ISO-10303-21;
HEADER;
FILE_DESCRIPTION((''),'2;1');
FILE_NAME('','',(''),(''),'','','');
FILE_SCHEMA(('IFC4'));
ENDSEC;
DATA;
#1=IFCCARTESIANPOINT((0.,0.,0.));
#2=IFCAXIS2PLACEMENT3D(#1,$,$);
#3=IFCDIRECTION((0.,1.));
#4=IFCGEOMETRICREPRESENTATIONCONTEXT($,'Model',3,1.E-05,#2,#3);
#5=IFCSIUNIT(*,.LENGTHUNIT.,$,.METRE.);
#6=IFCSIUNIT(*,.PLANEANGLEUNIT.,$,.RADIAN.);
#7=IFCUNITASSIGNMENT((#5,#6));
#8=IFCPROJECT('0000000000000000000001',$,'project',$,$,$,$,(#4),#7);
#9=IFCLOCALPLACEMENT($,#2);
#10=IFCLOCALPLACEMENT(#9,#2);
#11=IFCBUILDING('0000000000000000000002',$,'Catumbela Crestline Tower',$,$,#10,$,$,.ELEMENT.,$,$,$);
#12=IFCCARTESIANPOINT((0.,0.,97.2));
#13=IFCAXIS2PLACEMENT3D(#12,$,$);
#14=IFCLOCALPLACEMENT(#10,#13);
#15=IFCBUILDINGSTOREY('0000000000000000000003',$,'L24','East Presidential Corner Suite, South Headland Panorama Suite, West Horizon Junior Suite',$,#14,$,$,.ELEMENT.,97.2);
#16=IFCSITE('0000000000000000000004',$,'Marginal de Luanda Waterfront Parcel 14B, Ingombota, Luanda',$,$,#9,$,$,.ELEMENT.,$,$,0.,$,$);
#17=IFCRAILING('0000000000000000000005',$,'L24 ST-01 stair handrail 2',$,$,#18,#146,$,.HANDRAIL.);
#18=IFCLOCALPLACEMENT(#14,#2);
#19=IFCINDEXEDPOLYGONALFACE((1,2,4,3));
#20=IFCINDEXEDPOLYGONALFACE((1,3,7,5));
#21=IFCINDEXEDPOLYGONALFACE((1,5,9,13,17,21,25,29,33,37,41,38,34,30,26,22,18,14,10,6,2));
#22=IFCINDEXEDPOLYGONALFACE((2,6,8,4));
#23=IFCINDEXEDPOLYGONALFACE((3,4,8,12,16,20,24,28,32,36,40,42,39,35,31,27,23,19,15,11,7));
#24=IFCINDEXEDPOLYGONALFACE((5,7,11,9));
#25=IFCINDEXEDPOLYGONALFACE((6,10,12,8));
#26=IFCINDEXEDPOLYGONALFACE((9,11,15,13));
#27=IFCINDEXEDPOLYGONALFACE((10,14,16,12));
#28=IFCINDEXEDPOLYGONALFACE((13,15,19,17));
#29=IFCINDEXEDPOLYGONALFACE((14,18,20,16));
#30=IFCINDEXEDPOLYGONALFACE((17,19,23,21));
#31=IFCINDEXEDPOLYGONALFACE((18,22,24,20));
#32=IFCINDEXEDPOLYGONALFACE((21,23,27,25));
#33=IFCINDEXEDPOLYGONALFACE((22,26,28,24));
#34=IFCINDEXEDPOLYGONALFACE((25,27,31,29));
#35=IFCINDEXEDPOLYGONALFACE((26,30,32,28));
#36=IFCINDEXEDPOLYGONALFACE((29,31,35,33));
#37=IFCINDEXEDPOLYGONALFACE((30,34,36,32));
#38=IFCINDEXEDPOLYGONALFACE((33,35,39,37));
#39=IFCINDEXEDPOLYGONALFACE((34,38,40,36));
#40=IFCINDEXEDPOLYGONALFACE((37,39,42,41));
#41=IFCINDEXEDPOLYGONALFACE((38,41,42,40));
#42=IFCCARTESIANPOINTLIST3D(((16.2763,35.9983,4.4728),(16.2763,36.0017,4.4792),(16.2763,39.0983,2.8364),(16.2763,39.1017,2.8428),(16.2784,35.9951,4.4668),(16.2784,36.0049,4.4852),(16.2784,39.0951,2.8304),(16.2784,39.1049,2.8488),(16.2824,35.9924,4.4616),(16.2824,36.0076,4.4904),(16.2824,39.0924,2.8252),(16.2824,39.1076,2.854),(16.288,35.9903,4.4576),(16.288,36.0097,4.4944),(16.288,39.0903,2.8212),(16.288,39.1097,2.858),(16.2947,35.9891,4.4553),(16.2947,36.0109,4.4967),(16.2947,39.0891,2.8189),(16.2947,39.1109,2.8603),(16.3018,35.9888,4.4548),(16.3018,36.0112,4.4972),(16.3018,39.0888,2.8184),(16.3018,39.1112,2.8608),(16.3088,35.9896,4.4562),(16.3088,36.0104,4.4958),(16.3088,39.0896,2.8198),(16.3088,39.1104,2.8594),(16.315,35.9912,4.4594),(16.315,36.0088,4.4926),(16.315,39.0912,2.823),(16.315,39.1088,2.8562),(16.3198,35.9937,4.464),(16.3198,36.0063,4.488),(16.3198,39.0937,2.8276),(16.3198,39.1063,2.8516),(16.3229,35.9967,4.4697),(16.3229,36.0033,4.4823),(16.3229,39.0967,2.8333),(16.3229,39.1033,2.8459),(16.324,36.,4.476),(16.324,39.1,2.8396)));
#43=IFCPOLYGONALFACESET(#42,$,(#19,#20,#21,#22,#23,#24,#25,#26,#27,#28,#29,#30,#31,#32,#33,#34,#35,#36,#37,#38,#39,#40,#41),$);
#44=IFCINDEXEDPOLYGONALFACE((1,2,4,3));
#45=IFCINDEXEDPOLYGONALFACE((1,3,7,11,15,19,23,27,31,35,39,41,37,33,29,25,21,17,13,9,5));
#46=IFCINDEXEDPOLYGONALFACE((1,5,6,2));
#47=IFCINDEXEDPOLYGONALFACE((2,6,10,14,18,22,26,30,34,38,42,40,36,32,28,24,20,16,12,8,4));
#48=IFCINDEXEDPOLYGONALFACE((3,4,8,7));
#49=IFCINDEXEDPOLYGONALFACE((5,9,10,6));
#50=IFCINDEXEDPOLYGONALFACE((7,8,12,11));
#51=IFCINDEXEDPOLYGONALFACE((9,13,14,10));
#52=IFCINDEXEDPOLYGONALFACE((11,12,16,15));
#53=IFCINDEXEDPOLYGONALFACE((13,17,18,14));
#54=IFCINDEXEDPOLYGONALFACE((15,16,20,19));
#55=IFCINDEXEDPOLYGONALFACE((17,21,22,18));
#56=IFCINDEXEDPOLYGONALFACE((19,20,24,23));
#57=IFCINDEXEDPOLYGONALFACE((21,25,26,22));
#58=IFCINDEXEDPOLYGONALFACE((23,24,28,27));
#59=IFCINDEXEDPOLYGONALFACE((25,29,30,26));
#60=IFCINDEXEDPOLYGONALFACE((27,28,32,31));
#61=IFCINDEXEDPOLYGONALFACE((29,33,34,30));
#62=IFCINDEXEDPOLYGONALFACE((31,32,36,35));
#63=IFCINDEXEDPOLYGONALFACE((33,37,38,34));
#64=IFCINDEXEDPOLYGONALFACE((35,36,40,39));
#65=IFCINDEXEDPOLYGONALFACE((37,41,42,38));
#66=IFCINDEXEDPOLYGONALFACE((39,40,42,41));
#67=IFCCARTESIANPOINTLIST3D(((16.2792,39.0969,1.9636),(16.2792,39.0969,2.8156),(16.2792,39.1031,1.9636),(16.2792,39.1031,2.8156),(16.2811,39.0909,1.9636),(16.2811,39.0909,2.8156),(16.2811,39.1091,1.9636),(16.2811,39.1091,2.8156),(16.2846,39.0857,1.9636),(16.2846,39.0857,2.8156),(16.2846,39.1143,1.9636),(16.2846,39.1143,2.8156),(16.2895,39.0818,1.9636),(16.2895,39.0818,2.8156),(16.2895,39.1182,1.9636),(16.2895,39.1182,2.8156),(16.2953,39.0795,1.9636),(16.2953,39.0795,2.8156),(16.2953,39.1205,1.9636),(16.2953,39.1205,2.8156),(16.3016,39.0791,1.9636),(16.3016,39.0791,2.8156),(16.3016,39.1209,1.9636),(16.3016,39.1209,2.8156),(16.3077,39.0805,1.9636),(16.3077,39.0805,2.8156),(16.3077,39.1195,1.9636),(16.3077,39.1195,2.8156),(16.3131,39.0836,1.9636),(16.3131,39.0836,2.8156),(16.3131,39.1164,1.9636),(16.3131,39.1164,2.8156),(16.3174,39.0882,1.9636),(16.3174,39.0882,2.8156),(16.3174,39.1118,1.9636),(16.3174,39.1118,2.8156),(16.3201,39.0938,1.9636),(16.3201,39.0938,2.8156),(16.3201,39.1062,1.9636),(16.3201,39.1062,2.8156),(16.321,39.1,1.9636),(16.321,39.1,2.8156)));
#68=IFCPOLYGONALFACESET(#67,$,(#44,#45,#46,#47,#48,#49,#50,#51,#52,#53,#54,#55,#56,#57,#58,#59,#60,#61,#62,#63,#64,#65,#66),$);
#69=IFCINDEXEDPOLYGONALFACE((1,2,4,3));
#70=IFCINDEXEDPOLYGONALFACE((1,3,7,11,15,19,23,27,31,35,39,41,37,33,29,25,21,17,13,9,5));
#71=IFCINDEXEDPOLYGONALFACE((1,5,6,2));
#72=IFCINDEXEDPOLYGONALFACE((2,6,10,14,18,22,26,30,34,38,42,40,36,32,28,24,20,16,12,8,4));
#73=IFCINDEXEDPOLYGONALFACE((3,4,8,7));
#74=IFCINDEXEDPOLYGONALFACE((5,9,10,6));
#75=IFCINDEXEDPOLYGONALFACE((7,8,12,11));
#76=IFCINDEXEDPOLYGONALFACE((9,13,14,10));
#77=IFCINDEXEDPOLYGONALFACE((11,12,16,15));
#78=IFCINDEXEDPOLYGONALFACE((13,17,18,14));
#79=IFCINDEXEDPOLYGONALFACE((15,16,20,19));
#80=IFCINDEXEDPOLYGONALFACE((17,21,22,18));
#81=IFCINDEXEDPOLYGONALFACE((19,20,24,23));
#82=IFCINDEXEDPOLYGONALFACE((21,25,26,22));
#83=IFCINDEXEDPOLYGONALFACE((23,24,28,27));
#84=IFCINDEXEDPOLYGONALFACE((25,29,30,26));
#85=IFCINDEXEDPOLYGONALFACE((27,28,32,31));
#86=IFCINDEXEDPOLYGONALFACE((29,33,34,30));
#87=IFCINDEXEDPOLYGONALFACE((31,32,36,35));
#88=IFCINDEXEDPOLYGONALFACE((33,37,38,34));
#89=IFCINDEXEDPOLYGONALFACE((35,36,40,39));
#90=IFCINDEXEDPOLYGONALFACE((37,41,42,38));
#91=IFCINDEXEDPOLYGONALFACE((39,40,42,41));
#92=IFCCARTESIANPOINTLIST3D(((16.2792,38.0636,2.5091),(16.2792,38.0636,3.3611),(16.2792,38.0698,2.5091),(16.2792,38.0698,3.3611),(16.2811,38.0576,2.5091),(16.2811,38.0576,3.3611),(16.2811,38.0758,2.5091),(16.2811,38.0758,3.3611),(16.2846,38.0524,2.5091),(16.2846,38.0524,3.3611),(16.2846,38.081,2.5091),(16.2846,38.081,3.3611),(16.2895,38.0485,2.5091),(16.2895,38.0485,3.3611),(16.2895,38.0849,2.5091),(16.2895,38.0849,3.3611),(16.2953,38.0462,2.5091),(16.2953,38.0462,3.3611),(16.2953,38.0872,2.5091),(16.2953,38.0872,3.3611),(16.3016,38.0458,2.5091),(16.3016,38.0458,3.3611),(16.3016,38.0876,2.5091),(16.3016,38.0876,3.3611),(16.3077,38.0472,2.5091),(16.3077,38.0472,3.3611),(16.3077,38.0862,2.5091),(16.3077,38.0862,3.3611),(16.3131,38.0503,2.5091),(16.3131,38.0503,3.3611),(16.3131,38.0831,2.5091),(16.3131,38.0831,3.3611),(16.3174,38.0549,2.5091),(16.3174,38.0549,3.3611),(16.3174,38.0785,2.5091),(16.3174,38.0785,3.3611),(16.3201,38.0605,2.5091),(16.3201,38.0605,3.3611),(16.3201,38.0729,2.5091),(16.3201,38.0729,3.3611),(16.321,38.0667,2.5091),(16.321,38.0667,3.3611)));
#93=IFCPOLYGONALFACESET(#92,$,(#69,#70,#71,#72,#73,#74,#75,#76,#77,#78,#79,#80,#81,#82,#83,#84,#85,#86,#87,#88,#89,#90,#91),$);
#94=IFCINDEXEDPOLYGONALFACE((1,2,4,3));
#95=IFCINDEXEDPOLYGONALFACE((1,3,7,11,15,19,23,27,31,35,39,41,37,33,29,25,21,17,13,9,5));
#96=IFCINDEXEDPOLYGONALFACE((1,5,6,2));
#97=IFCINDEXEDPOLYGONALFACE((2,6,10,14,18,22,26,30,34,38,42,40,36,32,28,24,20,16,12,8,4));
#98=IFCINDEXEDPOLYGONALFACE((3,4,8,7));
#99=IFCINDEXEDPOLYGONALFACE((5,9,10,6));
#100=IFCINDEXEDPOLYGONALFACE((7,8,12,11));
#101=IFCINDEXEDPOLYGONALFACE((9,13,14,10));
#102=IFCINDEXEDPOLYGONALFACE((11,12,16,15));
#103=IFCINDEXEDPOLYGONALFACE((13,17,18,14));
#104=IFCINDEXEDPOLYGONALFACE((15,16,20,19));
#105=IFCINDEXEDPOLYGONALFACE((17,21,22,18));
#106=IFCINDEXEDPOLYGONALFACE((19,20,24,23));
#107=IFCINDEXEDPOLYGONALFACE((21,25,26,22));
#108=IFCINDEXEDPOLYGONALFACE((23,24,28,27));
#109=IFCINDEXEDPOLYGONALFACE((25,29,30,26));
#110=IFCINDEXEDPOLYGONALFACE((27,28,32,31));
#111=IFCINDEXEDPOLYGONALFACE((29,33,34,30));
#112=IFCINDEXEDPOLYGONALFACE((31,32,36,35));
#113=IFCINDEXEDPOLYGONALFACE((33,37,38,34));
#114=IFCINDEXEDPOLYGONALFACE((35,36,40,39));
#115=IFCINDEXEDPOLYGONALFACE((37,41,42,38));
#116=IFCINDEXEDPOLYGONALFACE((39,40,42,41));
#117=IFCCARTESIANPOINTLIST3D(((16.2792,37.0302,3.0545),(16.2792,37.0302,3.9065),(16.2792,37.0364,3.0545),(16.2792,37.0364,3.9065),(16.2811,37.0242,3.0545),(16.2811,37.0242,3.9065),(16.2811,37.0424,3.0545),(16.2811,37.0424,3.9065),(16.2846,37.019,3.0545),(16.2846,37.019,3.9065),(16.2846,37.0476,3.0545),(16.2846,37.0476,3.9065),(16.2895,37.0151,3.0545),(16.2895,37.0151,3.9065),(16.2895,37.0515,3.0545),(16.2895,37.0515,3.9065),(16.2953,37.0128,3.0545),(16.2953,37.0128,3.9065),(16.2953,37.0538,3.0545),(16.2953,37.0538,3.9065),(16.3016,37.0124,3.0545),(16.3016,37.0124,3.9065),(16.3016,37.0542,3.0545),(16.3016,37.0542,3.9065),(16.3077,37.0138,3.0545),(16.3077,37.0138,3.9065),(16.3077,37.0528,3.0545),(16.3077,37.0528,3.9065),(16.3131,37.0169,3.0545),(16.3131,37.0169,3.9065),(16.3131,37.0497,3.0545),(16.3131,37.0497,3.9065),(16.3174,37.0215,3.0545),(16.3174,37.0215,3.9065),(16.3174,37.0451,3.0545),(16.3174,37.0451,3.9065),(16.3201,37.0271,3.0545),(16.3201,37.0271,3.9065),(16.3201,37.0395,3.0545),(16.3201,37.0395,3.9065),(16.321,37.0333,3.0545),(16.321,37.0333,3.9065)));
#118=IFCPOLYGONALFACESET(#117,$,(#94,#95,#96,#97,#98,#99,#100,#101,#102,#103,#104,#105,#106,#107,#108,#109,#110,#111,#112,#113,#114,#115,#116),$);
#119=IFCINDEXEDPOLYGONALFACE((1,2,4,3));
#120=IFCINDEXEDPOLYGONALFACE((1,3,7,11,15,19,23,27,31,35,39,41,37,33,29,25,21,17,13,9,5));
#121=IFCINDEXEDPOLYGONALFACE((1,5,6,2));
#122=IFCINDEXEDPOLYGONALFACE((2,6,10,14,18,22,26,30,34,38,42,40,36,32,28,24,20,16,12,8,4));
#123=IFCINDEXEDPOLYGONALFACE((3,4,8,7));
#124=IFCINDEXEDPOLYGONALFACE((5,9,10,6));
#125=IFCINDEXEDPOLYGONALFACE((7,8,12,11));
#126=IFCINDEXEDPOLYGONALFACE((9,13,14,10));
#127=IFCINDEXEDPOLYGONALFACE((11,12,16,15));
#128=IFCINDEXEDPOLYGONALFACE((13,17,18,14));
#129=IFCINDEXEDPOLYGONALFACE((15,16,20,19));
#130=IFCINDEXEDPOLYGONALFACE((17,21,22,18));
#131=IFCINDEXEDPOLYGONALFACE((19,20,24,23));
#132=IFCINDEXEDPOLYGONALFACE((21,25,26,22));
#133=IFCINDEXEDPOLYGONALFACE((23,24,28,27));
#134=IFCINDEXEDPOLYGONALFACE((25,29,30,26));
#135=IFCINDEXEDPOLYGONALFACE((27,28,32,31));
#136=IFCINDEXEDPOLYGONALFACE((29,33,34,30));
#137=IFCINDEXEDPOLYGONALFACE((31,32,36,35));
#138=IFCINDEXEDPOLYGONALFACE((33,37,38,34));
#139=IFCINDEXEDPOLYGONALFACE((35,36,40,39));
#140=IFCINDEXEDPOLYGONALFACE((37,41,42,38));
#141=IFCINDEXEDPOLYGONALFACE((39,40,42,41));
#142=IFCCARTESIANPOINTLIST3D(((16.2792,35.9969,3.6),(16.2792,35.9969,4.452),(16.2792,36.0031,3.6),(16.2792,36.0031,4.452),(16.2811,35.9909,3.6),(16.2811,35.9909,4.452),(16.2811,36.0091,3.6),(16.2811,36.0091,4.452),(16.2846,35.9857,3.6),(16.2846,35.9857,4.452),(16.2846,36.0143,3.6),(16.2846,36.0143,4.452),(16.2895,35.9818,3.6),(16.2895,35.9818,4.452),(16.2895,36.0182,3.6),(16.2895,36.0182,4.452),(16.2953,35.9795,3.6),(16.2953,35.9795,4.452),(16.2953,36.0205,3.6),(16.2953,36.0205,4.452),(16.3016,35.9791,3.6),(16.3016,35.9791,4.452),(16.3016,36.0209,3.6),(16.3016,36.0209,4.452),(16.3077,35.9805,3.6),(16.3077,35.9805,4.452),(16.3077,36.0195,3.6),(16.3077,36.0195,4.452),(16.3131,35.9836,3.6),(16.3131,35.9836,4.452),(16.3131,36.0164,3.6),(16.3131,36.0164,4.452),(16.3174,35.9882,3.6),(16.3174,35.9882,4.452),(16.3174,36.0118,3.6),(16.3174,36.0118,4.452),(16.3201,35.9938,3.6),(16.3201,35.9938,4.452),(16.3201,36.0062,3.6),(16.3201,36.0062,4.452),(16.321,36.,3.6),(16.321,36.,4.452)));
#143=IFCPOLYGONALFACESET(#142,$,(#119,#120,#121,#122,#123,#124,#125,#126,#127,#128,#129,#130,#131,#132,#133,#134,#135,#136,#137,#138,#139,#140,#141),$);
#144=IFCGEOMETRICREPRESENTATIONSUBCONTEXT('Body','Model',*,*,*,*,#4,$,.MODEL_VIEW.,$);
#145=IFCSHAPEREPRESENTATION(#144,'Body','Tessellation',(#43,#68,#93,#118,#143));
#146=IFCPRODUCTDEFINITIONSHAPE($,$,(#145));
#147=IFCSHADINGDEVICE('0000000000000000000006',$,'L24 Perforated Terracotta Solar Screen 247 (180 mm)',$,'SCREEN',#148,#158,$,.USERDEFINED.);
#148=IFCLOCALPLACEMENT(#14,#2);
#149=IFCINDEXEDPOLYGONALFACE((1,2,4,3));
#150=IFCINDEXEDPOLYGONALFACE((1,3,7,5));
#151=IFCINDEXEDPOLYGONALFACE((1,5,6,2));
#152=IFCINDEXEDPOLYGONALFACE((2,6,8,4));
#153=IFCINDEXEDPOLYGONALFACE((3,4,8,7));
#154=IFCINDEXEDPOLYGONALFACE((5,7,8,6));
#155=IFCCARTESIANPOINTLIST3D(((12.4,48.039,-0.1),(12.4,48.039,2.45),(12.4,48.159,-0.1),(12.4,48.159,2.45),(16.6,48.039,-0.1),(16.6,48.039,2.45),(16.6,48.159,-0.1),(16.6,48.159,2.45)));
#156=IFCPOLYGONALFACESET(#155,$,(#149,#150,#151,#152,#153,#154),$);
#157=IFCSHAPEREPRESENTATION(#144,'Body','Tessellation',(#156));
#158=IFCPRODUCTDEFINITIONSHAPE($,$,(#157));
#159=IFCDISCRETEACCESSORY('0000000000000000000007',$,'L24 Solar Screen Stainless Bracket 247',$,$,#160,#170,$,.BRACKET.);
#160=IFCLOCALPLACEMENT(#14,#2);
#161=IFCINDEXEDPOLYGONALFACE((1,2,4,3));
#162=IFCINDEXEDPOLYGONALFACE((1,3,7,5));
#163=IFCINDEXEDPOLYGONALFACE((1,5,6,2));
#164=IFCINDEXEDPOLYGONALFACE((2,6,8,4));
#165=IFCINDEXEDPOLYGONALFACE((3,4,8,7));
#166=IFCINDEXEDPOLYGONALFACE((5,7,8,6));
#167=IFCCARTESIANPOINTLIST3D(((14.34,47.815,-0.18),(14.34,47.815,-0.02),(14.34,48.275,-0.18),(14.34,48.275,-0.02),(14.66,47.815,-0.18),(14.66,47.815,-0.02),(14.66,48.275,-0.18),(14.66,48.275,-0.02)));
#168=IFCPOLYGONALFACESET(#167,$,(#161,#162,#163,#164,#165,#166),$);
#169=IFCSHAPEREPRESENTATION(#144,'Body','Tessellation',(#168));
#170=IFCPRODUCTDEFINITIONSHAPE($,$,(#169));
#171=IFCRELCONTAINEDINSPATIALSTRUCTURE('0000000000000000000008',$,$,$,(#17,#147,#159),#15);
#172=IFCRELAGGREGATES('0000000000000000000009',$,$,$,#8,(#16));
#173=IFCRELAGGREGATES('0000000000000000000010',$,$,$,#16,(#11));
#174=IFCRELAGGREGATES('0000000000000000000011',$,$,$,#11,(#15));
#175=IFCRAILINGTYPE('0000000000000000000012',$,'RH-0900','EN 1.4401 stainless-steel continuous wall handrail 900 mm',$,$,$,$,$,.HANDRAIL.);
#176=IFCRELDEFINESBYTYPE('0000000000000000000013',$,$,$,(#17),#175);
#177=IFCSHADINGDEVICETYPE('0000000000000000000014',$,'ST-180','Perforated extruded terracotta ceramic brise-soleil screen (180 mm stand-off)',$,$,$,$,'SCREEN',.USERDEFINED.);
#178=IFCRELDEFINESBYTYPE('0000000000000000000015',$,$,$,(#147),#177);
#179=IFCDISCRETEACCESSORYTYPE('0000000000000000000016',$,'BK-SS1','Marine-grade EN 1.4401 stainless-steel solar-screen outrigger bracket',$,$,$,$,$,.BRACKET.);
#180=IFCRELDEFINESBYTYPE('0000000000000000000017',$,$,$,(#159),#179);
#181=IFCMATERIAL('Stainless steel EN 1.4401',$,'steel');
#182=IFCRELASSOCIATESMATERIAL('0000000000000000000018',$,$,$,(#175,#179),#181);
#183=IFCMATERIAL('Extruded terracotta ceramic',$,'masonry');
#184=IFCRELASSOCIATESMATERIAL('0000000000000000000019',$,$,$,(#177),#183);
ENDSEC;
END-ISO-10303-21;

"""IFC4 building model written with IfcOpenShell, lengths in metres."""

from ifc_helpers import new_model, si_unit, direction, frame, origin, origin_2d, place, context, subcontext, project, spatial, rectangle, circle, extrude, material, type_object, element, save


model = new_model("IFC4")

# Units and contexts
model_context = context("Model", 3, precision=1e-05, world=origin(), true_north=direction((0.0, 1.0)))
body_context = subcontext(model_context, "Body", "Model", "MODEL_VIEW")
ifc_project = project(units=[si_unit("LENGTHUNIT", "METRE"), si_unit("PLANEANGLEUNIT", "RADIAN")], contexts=[model_context])

# Site, building, storey
site_placement = place(None, origin())
site = spatial("IfcSite", under=ifc_project, at=site_placement, Name="Marginal de Luanda Waterfront Parcel 14B, Ingombota, Luanda", CompositionType="ELEMENT", RefElevation=0.0)
building_placement = place(site_placement, origin())
building = spatial("IfcBuilding", under=site, at=building_placement, Name="Catumbela Crestline Tower", CompositionType="ELEMENT")
storey_placement = place(building_placement, frame((0.0, 0.0, 97.2)))
storey = spatial("IfcBuildingStorey", under=building, at=storey_placement, Name="L24", Description="East Presidential Corner Suite, South Headland Panorama Suite, West Horizon Junior Suite", CompositionType="ELEMENT", Elevation=97.2)

# Railing
ifc_material_1 = material(Name="Stainless steel EN 1.4401", Category="steel")
railing_type_1 = type_object("IfcRailingType", Name="RH-0900", Description="EN 1.4401 stainless-steel continuous wall handrail 900 mm", PredefinedType="HANDRAIL", material=ifc_material_1)
railing_1_placement = place(storey_placement, frame((16.3, 39.1, 1.9636)))
element("IfcRailing", 1, at=railing_1_placement, inside=storey, type_object=railing_type_1, Name="L24 ST-01 stair handrail 2", PredefinedType="HANDRAIL", context=body_context, shape_type="SweptSolid", body=[
    extrude(circle(Radius=0.024, at=origin_2d()), frame((0.0, 0.0, 0.876), z_axis=(0.0, -0.884351, 0.466823), x_axis=(1.0, 0.0, 0.0)), (0.0, 0.0, 1.0), 3.5054),
    extrude(circle(Radius=0.021, at=origin_2d()), origin(), (0.0, 0.0, 1.0), 0.852),
    extrude(circle(Radius=0.021, at=origin_2d()), frame((0.0, -1.0333, 0.5455)), (0.0, 0.0, 1.0), 0.852),
    extrude(circle(Radius=0.021, at=origin_2d()), frame((0.0, -2.0667, 1.0909)), (0.0, 0.0, 1.0), 0.852),
    extrude(circle(Radius=0.021, at=origin_2d()), frame((0.0, -3.1, 1.6364)), (0.0, 0.0, 1.0), 0.852),
])

# Shading device
ifc_material_2 = material(Name="Extruded terracotta ceramic", Category="masonry")
shading_device_type = type_object("IfcShadingDeviceType", Name="ST-180", Description="Perforated extruded terracotta ceramic brise-soleil screen (180 mm stand-off)", ElementType="SCREEN", PredefinedType="USERDEFINED", material=ifc_material_2)
shading_device_placement = place(storey_placement, frame((14.5, 48.099, -0.1), z_axis=(0.0, 0.0, 1.0), x_axis=(-1.0, 0.0, 0.0)))
element("IfcShadingDevice", 2, at=shading_device_placement, inside=storey, type_object=shading_device_type, Name="L24 Perforated Terracotta Solar Screen 247 (180 mm)", ObjectType="SCREEN", PredefinedType="USERDEFINED", context=body_context, shape_type="SweptSolid", body=[
    extrude(rectangle(XDim=4.2, YDim=0.12, at=origin_2d()), origin(), (0.0, 0.0, 1.0), 2.55),
])

# Discrete accessory
discrete_accessory_type = type_object("IfcDiscreteAccessoryType", Name="BK-SS1", Description="Marine-grade EN 1.4401 stainless-steel solar-screen outrigger bracket", PredefinedType="BRACKET", material=ifc_material_1)
discrete_accessory_placement = place(storey_placement, frame((14.5, 48.045, -0.18), z_axis=(0.0, 0.0, 1.0), x_axis=(-1.0, 0.0, 0.0)))
element("IfcDiscreteAccessory", 3, at=discrete_accessory_placement, inside=storey, type_object=discrete_accessory_type, Name="L24 Solar Screen Stainless Bracket 247", PredefinedType="BRACKET", context=body_context, shape_type="SweptSolid", body=[
    extrude(rectangle(XDim=0.32, YDim=0.46, at=origin_2d()), origin(), (0.0, 0.0, 1.0), 0.16),
])

save(model, "model.ifc")
